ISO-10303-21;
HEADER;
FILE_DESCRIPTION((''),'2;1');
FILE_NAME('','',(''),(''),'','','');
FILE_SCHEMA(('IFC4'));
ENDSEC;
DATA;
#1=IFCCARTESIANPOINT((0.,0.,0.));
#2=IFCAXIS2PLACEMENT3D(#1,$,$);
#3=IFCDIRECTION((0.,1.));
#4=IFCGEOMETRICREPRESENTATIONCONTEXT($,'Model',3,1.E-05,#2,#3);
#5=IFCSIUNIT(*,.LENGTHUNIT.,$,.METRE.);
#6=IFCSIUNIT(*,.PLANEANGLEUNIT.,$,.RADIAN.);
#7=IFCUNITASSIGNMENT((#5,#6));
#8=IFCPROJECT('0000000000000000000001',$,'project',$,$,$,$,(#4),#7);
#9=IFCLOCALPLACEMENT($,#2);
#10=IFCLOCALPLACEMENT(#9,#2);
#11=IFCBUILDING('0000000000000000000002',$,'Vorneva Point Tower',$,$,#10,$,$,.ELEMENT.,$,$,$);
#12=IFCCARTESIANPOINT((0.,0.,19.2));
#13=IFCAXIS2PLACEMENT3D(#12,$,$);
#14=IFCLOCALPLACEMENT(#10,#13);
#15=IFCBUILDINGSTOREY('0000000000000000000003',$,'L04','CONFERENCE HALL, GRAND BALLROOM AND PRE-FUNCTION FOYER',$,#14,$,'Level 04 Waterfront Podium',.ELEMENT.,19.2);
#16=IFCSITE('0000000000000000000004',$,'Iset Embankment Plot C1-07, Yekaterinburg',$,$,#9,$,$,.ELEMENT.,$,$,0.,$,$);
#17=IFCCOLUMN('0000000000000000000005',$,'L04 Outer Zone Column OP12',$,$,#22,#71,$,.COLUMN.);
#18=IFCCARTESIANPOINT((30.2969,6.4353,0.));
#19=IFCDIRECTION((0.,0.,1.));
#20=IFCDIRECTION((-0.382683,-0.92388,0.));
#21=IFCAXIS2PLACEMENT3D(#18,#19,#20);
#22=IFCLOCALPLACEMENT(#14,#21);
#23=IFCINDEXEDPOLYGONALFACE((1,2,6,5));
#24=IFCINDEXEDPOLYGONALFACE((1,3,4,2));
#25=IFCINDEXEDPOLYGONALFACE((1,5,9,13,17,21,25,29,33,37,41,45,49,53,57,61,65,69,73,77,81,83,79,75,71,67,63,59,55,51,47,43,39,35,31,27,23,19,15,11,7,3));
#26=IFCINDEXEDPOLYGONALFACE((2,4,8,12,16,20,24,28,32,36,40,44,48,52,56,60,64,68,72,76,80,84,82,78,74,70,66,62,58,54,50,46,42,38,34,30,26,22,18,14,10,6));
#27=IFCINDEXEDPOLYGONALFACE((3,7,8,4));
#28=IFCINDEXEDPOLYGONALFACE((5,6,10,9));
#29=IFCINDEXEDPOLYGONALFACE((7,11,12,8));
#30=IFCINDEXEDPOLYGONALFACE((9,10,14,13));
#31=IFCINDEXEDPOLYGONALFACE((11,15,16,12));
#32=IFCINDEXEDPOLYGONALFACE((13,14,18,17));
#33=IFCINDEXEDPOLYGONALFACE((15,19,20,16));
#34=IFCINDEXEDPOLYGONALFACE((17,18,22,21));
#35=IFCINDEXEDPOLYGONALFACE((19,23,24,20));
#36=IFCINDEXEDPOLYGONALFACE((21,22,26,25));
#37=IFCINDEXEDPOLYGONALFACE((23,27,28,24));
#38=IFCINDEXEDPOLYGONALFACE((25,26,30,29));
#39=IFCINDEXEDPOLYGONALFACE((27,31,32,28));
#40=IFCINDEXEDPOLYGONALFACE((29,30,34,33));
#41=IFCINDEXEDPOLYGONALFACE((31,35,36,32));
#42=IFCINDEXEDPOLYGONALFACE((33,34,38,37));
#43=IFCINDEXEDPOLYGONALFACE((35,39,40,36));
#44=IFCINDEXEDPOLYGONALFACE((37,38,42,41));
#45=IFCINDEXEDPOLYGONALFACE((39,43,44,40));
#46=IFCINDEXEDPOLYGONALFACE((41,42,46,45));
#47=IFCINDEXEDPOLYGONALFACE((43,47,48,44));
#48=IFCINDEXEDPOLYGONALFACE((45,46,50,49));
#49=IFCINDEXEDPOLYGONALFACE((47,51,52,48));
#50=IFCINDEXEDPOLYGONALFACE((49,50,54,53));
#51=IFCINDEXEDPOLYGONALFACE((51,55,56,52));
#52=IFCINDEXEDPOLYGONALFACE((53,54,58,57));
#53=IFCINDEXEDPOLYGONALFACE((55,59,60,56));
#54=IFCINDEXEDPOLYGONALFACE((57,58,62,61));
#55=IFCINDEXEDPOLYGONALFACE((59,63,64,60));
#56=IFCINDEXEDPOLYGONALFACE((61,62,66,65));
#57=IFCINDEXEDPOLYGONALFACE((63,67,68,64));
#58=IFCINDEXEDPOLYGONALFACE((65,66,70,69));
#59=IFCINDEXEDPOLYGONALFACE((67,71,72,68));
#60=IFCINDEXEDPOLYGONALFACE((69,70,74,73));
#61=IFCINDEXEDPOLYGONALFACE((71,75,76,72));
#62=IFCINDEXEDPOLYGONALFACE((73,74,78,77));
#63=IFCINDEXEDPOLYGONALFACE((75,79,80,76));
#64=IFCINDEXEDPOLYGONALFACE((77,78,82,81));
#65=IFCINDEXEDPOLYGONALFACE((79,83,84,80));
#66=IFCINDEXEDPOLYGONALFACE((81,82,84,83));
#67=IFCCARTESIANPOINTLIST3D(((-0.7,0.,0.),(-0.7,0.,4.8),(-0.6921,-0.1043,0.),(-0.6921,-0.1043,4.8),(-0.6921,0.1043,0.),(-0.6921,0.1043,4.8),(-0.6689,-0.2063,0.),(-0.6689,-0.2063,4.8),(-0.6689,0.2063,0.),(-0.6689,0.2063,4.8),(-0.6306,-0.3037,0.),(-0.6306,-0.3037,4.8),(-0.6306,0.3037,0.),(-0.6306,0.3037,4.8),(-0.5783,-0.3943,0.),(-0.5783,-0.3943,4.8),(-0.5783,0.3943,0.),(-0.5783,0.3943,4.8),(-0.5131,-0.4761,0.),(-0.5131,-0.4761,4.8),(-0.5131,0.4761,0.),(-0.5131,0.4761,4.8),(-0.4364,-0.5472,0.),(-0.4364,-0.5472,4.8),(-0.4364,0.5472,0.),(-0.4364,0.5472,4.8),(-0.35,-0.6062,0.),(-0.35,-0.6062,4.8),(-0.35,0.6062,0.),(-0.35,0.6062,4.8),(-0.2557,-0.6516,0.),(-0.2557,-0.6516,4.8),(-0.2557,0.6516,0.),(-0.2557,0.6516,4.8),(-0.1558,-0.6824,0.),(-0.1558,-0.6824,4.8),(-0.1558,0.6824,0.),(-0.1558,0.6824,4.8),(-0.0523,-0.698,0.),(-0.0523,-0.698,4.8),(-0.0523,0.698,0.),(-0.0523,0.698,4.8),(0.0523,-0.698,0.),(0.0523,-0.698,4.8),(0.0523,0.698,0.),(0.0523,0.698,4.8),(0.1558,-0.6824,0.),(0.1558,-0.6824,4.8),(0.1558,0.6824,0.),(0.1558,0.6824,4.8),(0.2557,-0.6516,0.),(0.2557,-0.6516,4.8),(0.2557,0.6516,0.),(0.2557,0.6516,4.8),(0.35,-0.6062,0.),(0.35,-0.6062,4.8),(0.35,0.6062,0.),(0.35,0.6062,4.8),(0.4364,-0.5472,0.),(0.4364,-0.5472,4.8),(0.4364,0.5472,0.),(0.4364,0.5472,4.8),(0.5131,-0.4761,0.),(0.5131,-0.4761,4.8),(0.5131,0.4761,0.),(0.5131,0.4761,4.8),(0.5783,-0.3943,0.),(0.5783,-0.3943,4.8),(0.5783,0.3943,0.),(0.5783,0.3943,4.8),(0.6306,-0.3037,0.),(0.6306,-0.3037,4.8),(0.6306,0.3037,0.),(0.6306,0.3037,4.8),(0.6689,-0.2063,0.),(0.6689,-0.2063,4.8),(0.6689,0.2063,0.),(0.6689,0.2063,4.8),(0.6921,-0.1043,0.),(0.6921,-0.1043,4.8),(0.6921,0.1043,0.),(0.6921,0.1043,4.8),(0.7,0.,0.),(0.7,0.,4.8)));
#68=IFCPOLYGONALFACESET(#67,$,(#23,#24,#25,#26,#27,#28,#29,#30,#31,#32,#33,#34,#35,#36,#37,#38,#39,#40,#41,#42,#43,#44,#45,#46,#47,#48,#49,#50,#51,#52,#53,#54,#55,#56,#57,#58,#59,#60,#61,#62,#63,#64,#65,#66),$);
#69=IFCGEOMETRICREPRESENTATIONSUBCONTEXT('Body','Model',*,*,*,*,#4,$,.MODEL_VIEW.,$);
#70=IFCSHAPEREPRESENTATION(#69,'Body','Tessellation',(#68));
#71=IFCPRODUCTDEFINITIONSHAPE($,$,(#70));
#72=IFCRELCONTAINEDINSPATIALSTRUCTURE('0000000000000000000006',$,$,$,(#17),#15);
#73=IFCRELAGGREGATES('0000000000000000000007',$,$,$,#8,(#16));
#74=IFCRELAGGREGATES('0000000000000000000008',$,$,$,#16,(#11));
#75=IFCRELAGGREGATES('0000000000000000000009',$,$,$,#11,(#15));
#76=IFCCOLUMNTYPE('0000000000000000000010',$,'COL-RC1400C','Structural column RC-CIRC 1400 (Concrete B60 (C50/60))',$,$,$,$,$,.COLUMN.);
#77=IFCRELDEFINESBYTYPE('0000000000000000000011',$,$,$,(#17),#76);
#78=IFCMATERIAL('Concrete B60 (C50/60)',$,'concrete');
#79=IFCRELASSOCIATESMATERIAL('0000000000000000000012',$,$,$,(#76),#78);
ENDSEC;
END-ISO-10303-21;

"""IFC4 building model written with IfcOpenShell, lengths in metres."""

from ifc_helpers import new_model, si_unit, direction, frame, origin, origin_2d, place, context, subcontext, project, spatial, circle, extrude, material, material_profile, profile_set, type_object, element, save


model = new_model("IFC4")

# Units and contexts
model_context = context("Model", 3, precision=1e-05, world=origin(), true_north=direction((0.0, 1.0)))
body_context = subcontext(model_context, "Body", "Model", "MODEL_VIEW")
ifc_project = project(units=[si_unit("LENGTHUNIT", "METRE"), si_unit("PLANEANGLEUNIT", "RADIAN")], contexts=[model_context])

# Site, building, storey
site_placement = place(None, origin())
site = spatial("IfcSite", under=ifc_project, at=site_placement, Name="Iset Embankment Plot C1-07, Yekaterinburg", CompositionType="ELEMENT", RefElevation=0.0)
building_placement = place(site_placement, origin())
building = spatial("IfcBuilding", under=site, at=building_placement, Name="Vorneva Point Tower", CompositionType="ELEMENT")
storey_placement = place(building_placement, frame((0.0, 0.0, 19.2)))
storey = spatial("IfcBuildingStorey", under=building, at=storey_placement, Name="L04", Description="CONFERENCE HALL, GRAND BALLROOM AND PRE-FUNCTION FOYER", LongName="Level 04 Waterfront Podium", CompositionType="ELEMENT", Elevation=19.2)

# Column
ifc_material_1 = material(Name="Concrete B60 (C50/60)", Category="concrete")
ifc_material_profile_1 = material_profile(ifc_material_1, circle(Radius=0.7, at=origin_2d()), Name="RC-CIRC 1400")
ifc_profile_set_1 = profile_set([ifc_material_profile_1], Name="Concrete B60 (C50/60)")
column_type = type_object("IfcColumnType", Name="COL-RC1400C", Description="Structural column RC-CIRC 1400 (Concrete B60 (C50/60))", PredefinedType="COLUMN", material=ifc_profile_set_1)
for number, where, z_axis, x_axis, name in (
    (1, (30.2969, 6.4353, 0.0), (0.0, 0.0, 1.0), (-0.382683, -0.92388, 0.0), "L04 Outer Zone Column OP12"),
):
    element("IfcColumn", number, at=place(storey_placement, frame(where, z_axis=z_axis, x_axis=x_axis)), inside=storey, type_object=column_type, Name=name, PredefinedType="COLUMN", context=body_context, shape_type="SweptSolid", body=[
        extrude(circle(Radius=0.7, at=origin_2d()), origin(), (0.0, 0.0, 1.0), 4.8),
    ])

save(model, "model.ifc")
